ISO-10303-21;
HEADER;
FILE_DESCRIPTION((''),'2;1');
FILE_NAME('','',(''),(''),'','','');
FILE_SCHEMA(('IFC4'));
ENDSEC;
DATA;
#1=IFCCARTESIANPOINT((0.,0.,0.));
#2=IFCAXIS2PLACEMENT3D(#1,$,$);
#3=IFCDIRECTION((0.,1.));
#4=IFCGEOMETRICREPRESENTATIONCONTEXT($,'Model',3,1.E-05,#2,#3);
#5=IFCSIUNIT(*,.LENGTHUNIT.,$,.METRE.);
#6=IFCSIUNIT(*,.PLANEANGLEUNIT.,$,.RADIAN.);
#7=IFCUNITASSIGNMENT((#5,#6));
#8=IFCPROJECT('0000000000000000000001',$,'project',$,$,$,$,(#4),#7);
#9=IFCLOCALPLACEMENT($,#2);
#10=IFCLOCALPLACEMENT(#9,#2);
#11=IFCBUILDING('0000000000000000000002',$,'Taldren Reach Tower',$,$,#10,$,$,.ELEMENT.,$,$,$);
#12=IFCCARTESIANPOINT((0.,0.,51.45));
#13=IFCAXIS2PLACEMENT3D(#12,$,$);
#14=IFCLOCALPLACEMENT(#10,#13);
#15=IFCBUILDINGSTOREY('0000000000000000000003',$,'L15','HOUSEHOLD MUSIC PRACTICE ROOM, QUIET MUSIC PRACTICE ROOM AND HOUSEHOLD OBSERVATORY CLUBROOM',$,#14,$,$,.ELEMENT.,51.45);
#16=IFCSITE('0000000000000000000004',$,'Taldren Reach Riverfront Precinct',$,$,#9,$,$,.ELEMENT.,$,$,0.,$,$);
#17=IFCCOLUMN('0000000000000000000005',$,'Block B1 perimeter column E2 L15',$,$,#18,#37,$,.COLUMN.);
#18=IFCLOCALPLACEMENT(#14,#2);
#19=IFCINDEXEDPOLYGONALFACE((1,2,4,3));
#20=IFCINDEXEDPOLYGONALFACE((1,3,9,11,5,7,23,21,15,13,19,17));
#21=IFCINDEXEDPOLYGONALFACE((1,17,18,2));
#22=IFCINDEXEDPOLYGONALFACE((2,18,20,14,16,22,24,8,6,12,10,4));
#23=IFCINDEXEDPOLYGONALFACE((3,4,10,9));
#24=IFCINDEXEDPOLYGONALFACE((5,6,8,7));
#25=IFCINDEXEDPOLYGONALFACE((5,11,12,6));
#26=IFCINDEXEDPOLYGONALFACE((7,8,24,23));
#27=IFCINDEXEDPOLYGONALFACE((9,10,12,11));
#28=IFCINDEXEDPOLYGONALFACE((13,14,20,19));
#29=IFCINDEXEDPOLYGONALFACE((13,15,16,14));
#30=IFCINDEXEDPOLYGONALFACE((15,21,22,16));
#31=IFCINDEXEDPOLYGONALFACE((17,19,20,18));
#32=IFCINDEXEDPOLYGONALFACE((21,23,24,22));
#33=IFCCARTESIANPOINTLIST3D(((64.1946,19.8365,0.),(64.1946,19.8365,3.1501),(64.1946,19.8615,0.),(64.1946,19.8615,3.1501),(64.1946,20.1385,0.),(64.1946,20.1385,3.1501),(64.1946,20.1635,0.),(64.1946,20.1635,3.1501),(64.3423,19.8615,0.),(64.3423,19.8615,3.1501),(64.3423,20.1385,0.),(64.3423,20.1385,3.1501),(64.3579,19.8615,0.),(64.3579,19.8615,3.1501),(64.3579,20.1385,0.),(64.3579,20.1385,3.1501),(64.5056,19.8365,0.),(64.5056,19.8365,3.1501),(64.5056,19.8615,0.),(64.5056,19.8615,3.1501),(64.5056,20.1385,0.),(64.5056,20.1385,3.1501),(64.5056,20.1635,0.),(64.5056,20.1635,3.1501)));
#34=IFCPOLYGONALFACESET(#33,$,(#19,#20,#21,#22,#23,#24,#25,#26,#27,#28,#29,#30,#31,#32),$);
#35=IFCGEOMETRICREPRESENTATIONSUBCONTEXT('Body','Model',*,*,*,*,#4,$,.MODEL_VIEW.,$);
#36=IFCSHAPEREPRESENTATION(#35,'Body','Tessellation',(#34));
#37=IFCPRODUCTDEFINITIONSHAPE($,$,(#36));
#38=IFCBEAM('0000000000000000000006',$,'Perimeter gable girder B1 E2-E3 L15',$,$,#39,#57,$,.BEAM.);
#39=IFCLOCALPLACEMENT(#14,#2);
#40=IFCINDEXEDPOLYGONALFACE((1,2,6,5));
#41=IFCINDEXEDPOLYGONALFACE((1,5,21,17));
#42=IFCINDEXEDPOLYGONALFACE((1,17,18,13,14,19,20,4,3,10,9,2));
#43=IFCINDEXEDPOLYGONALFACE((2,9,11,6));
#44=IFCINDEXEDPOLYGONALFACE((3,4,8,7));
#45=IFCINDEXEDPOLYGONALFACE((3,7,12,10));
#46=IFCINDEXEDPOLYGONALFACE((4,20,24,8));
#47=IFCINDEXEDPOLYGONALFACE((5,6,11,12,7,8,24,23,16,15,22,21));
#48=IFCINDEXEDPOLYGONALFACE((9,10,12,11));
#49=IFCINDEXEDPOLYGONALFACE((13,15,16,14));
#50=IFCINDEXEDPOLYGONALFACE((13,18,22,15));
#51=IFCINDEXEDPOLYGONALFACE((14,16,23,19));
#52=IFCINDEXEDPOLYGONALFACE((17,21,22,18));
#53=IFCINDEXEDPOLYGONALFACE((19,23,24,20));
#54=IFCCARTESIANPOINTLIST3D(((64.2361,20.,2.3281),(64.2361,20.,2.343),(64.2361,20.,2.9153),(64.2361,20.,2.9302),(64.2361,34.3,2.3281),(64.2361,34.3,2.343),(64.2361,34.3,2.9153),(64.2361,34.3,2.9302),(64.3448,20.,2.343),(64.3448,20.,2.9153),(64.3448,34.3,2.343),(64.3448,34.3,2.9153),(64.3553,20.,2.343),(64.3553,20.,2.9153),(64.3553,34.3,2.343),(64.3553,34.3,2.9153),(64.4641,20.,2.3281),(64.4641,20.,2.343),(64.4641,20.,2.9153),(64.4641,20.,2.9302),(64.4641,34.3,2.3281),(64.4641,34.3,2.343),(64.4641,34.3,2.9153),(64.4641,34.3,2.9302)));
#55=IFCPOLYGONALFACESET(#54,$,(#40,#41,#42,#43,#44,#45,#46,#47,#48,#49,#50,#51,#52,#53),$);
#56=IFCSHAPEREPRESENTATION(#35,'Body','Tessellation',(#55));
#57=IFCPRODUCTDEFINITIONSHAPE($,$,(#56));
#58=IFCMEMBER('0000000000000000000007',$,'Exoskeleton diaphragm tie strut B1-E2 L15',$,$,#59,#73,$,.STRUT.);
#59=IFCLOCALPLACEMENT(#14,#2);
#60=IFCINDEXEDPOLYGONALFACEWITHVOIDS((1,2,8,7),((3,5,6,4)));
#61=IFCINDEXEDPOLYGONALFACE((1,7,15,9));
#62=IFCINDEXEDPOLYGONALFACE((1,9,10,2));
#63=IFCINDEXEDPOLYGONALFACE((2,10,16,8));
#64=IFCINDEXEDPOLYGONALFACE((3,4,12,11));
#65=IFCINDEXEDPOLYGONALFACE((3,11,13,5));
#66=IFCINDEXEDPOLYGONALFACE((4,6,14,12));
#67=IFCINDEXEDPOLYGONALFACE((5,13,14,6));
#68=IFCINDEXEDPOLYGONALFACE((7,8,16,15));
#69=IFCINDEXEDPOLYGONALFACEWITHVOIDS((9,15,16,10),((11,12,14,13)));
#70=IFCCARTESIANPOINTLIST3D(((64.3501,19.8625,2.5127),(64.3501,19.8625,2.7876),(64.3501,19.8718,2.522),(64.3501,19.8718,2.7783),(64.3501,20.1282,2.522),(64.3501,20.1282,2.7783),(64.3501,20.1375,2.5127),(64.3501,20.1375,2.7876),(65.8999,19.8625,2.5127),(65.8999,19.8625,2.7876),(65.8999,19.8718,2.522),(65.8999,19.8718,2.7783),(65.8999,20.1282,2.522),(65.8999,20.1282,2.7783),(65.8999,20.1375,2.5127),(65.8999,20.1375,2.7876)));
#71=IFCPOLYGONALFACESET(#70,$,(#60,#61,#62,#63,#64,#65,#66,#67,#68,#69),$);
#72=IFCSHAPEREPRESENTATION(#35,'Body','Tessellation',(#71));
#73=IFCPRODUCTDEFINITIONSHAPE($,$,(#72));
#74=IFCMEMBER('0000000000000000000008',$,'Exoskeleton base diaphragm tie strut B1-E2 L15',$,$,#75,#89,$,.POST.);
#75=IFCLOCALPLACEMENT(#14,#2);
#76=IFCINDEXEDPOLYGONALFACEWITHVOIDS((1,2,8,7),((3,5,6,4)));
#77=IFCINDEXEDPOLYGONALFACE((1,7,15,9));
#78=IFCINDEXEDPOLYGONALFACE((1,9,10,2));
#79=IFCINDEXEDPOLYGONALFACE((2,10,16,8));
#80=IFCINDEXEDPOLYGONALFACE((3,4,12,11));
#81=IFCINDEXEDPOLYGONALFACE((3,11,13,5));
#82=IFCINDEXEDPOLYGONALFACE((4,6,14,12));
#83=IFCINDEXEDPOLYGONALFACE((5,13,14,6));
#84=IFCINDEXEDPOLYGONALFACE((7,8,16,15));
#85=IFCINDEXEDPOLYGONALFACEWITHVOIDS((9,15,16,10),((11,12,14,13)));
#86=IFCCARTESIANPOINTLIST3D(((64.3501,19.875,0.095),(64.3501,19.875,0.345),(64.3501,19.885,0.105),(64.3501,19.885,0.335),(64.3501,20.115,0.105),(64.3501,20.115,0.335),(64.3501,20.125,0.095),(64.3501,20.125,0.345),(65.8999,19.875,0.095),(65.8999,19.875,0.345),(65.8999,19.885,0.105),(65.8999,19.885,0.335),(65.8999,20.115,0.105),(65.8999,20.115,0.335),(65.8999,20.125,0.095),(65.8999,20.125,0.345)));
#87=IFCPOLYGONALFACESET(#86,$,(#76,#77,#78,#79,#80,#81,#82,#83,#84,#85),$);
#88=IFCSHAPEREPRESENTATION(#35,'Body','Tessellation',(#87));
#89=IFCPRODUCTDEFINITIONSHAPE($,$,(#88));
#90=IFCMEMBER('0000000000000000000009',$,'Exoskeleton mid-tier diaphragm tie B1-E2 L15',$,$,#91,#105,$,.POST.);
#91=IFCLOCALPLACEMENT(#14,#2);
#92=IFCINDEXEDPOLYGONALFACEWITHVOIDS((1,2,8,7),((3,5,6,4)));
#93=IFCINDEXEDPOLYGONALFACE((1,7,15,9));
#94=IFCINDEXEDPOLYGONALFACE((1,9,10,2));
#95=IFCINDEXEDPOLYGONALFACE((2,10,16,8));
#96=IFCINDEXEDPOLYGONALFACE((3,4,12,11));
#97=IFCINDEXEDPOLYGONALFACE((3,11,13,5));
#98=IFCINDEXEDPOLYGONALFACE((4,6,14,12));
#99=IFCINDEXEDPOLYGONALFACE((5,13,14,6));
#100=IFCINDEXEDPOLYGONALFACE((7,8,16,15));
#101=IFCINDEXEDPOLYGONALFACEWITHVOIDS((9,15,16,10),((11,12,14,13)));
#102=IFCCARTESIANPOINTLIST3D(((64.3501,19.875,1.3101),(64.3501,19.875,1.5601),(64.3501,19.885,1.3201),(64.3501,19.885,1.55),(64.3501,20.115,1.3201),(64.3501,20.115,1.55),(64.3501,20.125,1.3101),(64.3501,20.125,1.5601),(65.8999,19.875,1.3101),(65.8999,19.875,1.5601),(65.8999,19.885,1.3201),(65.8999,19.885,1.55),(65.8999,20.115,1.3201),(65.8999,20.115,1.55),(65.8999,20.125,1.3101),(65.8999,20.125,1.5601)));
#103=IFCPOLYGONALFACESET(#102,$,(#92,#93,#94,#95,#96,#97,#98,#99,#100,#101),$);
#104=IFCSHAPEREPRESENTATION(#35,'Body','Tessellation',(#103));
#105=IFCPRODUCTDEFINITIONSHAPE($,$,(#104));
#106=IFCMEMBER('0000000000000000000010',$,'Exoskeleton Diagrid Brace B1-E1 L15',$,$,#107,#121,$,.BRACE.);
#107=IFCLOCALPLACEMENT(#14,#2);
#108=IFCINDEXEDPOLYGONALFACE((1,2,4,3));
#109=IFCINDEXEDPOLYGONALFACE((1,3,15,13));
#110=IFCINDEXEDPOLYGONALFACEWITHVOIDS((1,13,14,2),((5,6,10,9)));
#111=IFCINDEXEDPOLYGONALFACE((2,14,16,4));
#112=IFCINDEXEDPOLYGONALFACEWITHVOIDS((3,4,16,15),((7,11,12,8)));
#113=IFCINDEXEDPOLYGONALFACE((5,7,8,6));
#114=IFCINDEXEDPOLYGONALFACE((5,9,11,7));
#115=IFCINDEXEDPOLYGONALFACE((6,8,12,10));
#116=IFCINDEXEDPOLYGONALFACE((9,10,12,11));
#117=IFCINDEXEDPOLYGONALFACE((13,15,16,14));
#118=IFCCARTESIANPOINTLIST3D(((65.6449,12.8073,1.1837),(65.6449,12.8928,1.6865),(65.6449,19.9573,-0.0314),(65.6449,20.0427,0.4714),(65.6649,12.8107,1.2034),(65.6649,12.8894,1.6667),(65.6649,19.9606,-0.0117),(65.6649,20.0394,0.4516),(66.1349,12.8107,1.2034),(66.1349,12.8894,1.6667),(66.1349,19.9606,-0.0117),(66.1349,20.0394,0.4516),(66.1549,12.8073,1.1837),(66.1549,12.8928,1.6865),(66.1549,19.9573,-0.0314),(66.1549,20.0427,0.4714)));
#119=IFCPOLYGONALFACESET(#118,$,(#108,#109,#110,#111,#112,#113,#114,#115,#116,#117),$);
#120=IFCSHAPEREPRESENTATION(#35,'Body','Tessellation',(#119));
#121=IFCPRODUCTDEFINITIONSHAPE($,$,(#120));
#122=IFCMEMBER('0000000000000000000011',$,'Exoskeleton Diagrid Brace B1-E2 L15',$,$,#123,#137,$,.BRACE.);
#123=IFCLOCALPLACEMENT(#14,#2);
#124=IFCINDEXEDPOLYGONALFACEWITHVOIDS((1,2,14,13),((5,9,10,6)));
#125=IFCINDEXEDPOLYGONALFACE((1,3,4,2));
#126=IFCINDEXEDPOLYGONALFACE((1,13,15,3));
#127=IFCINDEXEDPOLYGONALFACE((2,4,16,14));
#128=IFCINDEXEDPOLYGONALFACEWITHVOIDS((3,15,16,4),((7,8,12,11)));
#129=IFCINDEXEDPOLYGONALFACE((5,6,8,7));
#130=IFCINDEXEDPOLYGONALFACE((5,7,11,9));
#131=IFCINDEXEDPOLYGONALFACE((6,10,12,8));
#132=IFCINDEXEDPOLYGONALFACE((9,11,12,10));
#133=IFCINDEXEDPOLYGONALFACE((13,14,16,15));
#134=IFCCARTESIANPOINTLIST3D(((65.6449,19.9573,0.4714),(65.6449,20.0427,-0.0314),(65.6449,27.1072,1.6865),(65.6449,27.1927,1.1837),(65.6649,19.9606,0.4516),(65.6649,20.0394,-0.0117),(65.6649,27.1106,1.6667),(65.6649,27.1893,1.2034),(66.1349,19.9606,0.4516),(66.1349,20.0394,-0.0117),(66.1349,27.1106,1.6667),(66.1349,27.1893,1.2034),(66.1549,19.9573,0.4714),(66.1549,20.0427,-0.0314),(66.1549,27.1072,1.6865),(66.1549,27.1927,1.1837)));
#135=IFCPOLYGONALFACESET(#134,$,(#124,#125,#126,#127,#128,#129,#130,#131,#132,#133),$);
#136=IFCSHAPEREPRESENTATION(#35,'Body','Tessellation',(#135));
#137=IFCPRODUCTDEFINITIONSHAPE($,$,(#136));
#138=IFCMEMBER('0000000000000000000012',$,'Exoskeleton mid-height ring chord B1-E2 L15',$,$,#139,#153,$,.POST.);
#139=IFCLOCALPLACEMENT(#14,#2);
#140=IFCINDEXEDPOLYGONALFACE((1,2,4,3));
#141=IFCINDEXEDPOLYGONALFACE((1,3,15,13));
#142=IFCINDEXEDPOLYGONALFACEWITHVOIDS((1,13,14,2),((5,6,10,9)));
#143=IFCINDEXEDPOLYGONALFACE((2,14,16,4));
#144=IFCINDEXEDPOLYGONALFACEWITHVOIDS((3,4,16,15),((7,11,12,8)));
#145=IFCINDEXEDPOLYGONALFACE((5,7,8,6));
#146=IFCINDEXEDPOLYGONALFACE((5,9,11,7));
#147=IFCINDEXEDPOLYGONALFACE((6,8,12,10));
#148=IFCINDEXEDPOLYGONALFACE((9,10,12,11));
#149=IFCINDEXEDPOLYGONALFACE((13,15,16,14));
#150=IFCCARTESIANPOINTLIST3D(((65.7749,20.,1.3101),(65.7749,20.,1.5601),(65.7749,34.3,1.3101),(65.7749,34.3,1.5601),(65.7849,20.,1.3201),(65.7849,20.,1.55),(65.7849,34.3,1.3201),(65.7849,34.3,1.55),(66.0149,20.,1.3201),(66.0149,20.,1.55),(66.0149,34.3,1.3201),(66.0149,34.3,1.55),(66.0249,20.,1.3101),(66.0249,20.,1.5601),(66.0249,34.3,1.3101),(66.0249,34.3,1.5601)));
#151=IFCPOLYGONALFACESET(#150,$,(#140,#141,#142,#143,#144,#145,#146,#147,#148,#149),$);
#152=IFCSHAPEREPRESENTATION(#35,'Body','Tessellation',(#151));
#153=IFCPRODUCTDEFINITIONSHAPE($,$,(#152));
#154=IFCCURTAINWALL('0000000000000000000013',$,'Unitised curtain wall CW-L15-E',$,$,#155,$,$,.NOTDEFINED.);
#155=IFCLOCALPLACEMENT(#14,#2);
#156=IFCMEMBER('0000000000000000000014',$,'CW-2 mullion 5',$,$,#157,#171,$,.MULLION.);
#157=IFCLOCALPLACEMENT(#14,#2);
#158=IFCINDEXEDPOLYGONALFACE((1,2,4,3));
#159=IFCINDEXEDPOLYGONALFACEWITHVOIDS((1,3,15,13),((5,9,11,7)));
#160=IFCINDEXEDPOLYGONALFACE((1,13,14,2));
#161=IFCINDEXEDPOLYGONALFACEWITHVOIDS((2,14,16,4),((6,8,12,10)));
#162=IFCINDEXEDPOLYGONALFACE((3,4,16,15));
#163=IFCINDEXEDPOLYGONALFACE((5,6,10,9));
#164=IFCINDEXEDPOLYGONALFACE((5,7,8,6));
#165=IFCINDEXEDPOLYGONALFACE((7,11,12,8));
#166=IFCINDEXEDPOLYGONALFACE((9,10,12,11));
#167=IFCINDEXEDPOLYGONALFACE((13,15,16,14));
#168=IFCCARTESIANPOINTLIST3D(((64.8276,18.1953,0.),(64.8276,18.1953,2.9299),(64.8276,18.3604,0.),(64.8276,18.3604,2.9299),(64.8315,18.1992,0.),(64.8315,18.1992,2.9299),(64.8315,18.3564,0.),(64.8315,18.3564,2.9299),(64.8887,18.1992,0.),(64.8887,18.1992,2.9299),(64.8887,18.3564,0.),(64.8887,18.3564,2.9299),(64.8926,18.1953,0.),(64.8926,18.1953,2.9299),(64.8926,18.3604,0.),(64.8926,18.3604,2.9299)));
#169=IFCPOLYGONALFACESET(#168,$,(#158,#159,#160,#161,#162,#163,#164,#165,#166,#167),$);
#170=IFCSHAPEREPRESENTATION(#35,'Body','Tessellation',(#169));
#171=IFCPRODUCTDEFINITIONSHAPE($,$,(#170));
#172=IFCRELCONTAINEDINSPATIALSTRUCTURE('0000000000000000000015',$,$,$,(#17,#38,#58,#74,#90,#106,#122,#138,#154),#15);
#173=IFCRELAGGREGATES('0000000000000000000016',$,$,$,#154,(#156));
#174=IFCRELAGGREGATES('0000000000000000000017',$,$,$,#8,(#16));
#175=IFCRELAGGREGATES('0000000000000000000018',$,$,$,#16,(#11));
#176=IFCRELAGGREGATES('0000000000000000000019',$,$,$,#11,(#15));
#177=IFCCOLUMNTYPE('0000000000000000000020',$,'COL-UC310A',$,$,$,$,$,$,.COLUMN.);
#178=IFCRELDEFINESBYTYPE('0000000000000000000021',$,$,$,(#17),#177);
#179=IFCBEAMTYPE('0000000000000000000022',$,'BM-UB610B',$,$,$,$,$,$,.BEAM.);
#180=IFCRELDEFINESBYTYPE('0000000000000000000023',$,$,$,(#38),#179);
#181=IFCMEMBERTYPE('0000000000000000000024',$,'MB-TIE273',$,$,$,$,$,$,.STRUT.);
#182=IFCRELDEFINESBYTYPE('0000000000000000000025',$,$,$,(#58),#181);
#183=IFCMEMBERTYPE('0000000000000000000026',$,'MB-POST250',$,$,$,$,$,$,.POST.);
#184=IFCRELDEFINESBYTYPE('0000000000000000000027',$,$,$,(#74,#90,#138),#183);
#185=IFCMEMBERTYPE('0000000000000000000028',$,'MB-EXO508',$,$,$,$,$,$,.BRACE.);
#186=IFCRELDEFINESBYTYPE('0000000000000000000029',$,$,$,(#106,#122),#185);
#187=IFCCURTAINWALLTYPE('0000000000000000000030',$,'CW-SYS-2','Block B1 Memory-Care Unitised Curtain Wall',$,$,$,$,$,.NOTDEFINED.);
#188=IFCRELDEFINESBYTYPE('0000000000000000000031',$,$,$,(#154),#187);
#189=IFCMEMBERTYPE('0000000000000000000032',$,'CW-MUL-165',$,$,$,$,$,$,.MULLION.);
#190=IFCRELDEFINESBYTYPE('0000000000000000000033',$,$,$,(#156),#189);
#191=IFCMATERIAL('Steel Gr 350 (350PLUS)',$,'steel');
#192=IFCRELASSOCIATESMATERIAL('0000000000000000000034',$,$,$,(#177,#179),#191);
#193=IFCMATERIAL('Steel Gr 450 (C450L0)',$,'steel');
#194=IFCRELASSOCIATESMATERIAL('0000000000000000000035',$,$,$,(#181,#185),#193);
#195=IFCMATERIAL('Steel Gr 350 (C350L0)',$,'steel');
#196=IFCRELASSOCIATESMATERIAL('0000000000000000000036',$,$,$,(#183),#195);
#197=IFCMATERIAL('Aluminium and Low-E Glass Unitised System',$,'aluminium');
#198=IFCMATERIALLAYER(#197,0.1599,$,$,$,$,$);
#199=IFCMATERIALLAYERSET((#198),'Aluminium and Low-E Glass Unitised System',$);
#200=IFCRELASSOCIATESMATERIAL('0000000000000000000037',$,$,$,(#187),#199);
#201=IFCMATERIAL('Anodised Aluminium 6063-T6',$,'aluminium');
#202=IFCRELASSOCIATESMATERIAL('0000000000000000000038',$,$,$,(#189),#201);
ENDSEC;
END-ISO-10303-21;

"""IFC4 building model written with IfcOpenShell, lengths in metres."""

from ifc_helpers import new_model, si_unit, direction, frame, origin, origin_2d, place, context, subcontext, project, spatial, hollow_rectangle, i_section, extrude, source, transform, mapped, material, layer, layer_set, material_profile, profile_set, type_object, element, aggregate, save


model = new_model("IFC4")

# Units and contexts
model_context = context("Model", 3, precision=1e-05, world=origin(), true_north=direction((0.0, 1.0)))
body_context = subcontext(model_context, "Body", "Model", "MODEL_VIEW")
ifc_project = project(units=[si_unit("LENGTHUNIT", "METRE"), si_unit("PLANEANGLEUNIT", "RADIAN")], contexts=[model_context])

# Site, building, storey
site_placement = place(None, origin())
site = spatial("IfcSite", under=ifc_project, at=site_placement, Name="Taldren Reach Riverfront Precinct", CompositionType="ELEMENT", RefElevation=0.0)
building_placement = place(site_placement, origin())
building = spatial("IfcBuilding", under=site, at=building_placement, Name="Taldren Reach Tower", CompositionType="ELEMENT")
storey_placement = place(building_placement, frame((0.0, 0.0, 51.45)))
storey = spatial("IfcBuildingStorey", under=building, at=storey_placement, Name="L15", Description="HOUSEHOLD MUSIC PRACTICE ROOM, QUIET MUSIC PRACTICE ROOM AND HOUSEHOLD OBSERVATORY CLUBROOM", CompositionType="ELEMENT", Elevation=51.45)

# Column
ifc_material_1 = material(Name="Steel Gr 350 (350PLUS)", Category="steel")
ifc_material_profile_1 = material_profile(ifc_material_1, i_section(OverallWidth=0.311, OverallDepth=0.3269, WebThickness=0.0156, FlangeThickness=0.0249, at=origin_2d()), Name="310UC158")
ifc_profile_set_1 = profile_set([ifc_material_profile_1], Name="Steel Gr 350 (350PLUS)")
column_type = type_object("IfcColumnType", Name="COL-UC310A", PredefinedType="COLUMN", material=ifc_profile_set_1)
shared_shape_1 = source(origin(), body_context, "Body", "SweptSolid", [
    extrude(i_section(OverallWidth=0.311, OverallDepth=0.3269, WebThickness=0.0156, FlangeThickness=0.0249, at=origin_2d()), origin(), (0.0, 0.0, 1.0), 3.1501),
])
column_placement = place(storey_placement, frame((64.3501, 20.0, 0.0), z_axis=(0.0, 0.0, 1.0), x_axis=(1.0, 0.0, 0.0)))
element("IfcColumn", 1, at=column_placement, inside=storey, type_object=column_type, Name="Block B1 perimeter column E2 L15", PredefinedType="COLUMN", context=body_context, shape_type="MappedRepresentation", body=[
    mapped(shared_shape_1, transform((0.0, 0.0, 0.0), scale=1.0)),
])

# Beam
ifc_material_profile_2 = material_profile(ifc_material_1, i_section(OverallWidth=0.228, OverallDepth=0.6021, WebThickness=0.0105, FlangeThickness=0.0149, at=origin_2d()), Name="610UB101")
ifc_profile_set_2 = profile_set([ifc_material_profile_2], Name="Steel Gr 350 (350PLUS)")
beam_type = type_object("IfcBeamType", Name="BM-UB610B", PredefinedType="BEAM", material=ifc_profile_set_2)
shared_shape_2 = source(origin(), body_context, "Body", "SweptSolid", [
    extrude(i_section(OverallWidth=0.228, OverallDepth=0.6021, WebThickness=0.0105, FlangeThickness=0.0149, at=origin_2d()), origin(), (0.0, 0.0, 1.0), 14.3),
])
beam_placement = place(storey_placement, frame((64.3501, 20.0, 2.6292), z_axis=(0.0, 1.0, 0.0), x_axis=(-1.0, 0.0, 0.0)))
element("IfcBeam", 2, at=beam_placement, inside=storey, type_object=beam_type, Name="Perimeter gable girder B1 E2-E3 L15", PredefinedType="BEAM", context=body_context, shape_type="MappedRepresentation", body=[
    mapped(shared_shape_2, transform((0.0, 0.0, 0.0), scale=1.0)),
])

# Members
ifc_material_2 = material(Name="Steel Gr 450 (C450L0)", Category="steel")
ifc_material_profile_3 = material_profile(ifc_material_2, hollow_rectangle(XDim=0.2749, YDim=0.2749, WallThickness=0.0093, at=origin_2d()), Name="275x275x9.3SHS")
ifc_profile_set_3 = profile_set([ifc_material_profile_3], Name="Steel Gr 450 (C450L0)")
member_type_1 = type_object("IfcMemberType", Name="MB-TIE273", PredefinedType="STRUT", material=ifc_profile_set_3)
shared_shape_3 = source(origin(), body_context, "Body", "SweptSolid", [
    extrude(hollow_rectangle(XDim=0.2749, YDim=0.2749, WallThickness=0.0093, at=origin_2d()), origin(), (0.0, 0.0, 1.0), 1.5498),
])
member_1_placement = place(storey_placement, frame((64.3501, 20.0, 2.6501), z_axis=(1.0, 0.0, 0.0), x_axis=(0.0, 1.0, 0.0)))
element("IfcMember", 3, at=member_1_placement, inside=storey, type_object=member_type_1, Name="Exoskeleton diaphragm tie strut B1-E2 L15", PredefinedType="STRUT", context=body_context, shape_type="MappedRepresentation", body=[
    mapped(shared_shape_3, transform((0.0, 0.0, 0.0), scale=1.0)),
])
ifc_material_3 = material(Name="Steel Gr 350 (C350L0)", Category="steel")
ifc_material_profile_4 = material_profile(ifc_material_3, hollow_rectangle(XDim=0.25, YDim=0.25, WallThickness=0.01, at=origin_2d()), Name="250x250x10.0SHS")
ifc_profile_set_4 = profile_set([ifc_material_profile_4], Name="Steel Gr 350 (C350L0)")
member_type_2 = type_object("IfcMemberType", Name="MB-POST250", PredefinedType="POST", material=ifc_profile_set_4)
shared_shape_4 = source(origin(), body_context, "Body", "SweptSolid", [
    extrude(hollow_rectangle(XDim=0.25, YDim=0.25, WallThickness=0.01, at=origin_2d()), origin(), (0.0, 0.0, 1.0), 1.5498),
])
for number, where, z_axis, x_axis, name in (
    (4, (64.3501, 20.0, 0.22), (1.0, 0.0, 0.0), (0.0, 1.0, 0.0), "Exoskeleton base diaphragm tie strut B1-E2 L15"),
    (5, (64.3501, 20.0, 1.4351), (1.0, 0.0, 0.0), (0.0, 1.0, 0.0), "Exoskeleton mid-tier diaphragm tie B1-E2 L15"),
):
    element("IfcMember", number, at=place(storey_placement, frame(where, z_axis=z_axis, x_axis=x_axis)), inside=storey, type_object=member_type_2, Name=name, PredefinedType="POST", context=body_context, shape_type="MappedRepresentation", body=[
        mapped(shared_shape_4, transform((0.0, 0.0, 0.0), scale=1.0)),
    ])
ifc_material_profile_5 = material_profile(ifc_material_2, hollow_rectangle(XDim=0.51, YDim=0.51, WallThickness=0.02, at=origin_2d()), Name="510x510x20.0SHS")
ifc_profile_set_5 = profile_set([ifc_material_profile_5], Name="Steel Gr 450 (C450L0)")
member_type_3 = type_object("IfcMemberType", Name="MB-EXO508", PredefinedType="BRACE", material=ifc_profile_set_5)
shared_shape_5 = source(origin(), body_context, "Body", "SweptSolid", [
    extrude(hollow_rectangle(XDim=0.51, YDim=0.51, WallThickness=0.02, at=origin_2d()), origin(), (0.0, 0.0, 1.0), 7.2524),
])
for number, where, z_axis, x_axis, name in (
    (6, (65.8999, 20.0, 0.22), (0.0, -0.985865, 0.167542), (1.0, 0.0, 0.0), "Exoskeleton Diagrid Brace B1-E1 L15"),
    (7, (65.8999, 20.0, 0.22), (0.0, 0.985865, 0.167542), (-1.0, 0.0, 0.0), "Exoskeleton Diagrid Brace B1-E2 L15"),
):
    element("IfcMember", number, at=place(storey_placement, frame(where, z_axis=z_axis, x_axis=x_axis)), inside=storey, type_object=member_type_3, Name=name, PredefinedType="BRACE", context=body_context, shape_type="MappedRepresentation", body=[
        mapped(shared_shape_5, transform((0.0, 0.0, 0.0), scale=1.0)),
    ])
shared_shape_6 = source(origin(), body_context, "Body", "SweptSolid", [
    extrude(hollow_rectangle(XDim=0.25, YDim=0.25, WallThickness=0.01, at=origin_2d()), origin(), (0.0, 0.0, 1.0), 14.3),
])
member_2_placement = place(storey_placement, frame((65.8999, 20.0, 1.4351), z_axis=(0.0, 1.0, 0.0), x_axis=(-1.0, 0.0, 0.0)))
element("IfcMember", 8, at=member_2_placement, inside=storey, type_object=member_type_2, Name="Exoskeleton mid-height ring chord B1-E2 L15", PredefinedType="POST", context=body_context, shape_type="MappedRepresentation", body=[
    mapped(shared_shape_6, transform((0.0, 0.0, 0.0), scale=1.0)),
])

# Curtain wall, member
ifc_material_4 = material(Name="Aluminium and Low-E Glass Unitised System", Category="aluminium")
ifc_layer_1 = layer(ifc_material_4, 0.1599)
ifc_layer_set_1 = layer_set([ifc_layer_1], Name="Aluminium and Low-E Glass Unitised System")
curtain_wall_type = type_object("IfcCurtainWallType", Name="CW-SYS-2", Description="Block B1 Memory-Care Unitised Curtain Wall", PredefinedType="NOTDEFINED", material=ifc_layer_set_1)
curtain_wall_placement = place(storey_placement, origin())
curtain_wall = element("IfcCurtainWall", 9, at=curtain_wall_placement, inside=storey, type_object=curtain_wall_type, Name="Unitised curtain wall CW-L15-E", PredefinedType="NOTDEFINED")
ifc_material_5 = material(Name="Anodised Aluminium 6063-T6", Category="aluminium")
ifc_material_profile_6 = material_profile(ifc_material_5, hollow_rectangle(XDim=0.0649, YDim=0.165, WallThickness=0.0039, at=origin_2d()), Name="ALU-165x65x4RHS")
ifc_profile_set_6 = profile_set([ifc_material_profile_6], Name="Anodised Aluminium 6063-T6")
member_type_4 = type_object("IfcMemberType", Name="CW-MUL-165", PredefinedType="MULLION", material=ifc_profile_set_6)
shared_shape_7 = source(origin(), body_context, "Body", "SweptSolid", [
    extrude(hollow_rectangle(XDim=0.0649, YDim=0.165, WallThickness=0.0039, at=origin_2d()), origin(), (0.0, 0.0, 1.0), 2.9299),
])
member_3_placement = place(storey_placement, frame((64.8601, 18.2778, 0.0), z_axis=(0.0, 0.0, 1.0), x_axis=(-1.0, 0.0, 0.0)))
member_3 = element("IfcMember", 10, at=member_3_placement, type_object=member_type_4, Name="CW-2 mullion 5", PredefinedType="MULLION", context=body_context, shape_type="MappedRepresentation", body=[
    mapped(shared_shape_7, transform((0.0, 0.0, 0.0), scale=1.0)),
])

aggregate(curtain_wall, [member_3])

save(model, "model.ifc")
